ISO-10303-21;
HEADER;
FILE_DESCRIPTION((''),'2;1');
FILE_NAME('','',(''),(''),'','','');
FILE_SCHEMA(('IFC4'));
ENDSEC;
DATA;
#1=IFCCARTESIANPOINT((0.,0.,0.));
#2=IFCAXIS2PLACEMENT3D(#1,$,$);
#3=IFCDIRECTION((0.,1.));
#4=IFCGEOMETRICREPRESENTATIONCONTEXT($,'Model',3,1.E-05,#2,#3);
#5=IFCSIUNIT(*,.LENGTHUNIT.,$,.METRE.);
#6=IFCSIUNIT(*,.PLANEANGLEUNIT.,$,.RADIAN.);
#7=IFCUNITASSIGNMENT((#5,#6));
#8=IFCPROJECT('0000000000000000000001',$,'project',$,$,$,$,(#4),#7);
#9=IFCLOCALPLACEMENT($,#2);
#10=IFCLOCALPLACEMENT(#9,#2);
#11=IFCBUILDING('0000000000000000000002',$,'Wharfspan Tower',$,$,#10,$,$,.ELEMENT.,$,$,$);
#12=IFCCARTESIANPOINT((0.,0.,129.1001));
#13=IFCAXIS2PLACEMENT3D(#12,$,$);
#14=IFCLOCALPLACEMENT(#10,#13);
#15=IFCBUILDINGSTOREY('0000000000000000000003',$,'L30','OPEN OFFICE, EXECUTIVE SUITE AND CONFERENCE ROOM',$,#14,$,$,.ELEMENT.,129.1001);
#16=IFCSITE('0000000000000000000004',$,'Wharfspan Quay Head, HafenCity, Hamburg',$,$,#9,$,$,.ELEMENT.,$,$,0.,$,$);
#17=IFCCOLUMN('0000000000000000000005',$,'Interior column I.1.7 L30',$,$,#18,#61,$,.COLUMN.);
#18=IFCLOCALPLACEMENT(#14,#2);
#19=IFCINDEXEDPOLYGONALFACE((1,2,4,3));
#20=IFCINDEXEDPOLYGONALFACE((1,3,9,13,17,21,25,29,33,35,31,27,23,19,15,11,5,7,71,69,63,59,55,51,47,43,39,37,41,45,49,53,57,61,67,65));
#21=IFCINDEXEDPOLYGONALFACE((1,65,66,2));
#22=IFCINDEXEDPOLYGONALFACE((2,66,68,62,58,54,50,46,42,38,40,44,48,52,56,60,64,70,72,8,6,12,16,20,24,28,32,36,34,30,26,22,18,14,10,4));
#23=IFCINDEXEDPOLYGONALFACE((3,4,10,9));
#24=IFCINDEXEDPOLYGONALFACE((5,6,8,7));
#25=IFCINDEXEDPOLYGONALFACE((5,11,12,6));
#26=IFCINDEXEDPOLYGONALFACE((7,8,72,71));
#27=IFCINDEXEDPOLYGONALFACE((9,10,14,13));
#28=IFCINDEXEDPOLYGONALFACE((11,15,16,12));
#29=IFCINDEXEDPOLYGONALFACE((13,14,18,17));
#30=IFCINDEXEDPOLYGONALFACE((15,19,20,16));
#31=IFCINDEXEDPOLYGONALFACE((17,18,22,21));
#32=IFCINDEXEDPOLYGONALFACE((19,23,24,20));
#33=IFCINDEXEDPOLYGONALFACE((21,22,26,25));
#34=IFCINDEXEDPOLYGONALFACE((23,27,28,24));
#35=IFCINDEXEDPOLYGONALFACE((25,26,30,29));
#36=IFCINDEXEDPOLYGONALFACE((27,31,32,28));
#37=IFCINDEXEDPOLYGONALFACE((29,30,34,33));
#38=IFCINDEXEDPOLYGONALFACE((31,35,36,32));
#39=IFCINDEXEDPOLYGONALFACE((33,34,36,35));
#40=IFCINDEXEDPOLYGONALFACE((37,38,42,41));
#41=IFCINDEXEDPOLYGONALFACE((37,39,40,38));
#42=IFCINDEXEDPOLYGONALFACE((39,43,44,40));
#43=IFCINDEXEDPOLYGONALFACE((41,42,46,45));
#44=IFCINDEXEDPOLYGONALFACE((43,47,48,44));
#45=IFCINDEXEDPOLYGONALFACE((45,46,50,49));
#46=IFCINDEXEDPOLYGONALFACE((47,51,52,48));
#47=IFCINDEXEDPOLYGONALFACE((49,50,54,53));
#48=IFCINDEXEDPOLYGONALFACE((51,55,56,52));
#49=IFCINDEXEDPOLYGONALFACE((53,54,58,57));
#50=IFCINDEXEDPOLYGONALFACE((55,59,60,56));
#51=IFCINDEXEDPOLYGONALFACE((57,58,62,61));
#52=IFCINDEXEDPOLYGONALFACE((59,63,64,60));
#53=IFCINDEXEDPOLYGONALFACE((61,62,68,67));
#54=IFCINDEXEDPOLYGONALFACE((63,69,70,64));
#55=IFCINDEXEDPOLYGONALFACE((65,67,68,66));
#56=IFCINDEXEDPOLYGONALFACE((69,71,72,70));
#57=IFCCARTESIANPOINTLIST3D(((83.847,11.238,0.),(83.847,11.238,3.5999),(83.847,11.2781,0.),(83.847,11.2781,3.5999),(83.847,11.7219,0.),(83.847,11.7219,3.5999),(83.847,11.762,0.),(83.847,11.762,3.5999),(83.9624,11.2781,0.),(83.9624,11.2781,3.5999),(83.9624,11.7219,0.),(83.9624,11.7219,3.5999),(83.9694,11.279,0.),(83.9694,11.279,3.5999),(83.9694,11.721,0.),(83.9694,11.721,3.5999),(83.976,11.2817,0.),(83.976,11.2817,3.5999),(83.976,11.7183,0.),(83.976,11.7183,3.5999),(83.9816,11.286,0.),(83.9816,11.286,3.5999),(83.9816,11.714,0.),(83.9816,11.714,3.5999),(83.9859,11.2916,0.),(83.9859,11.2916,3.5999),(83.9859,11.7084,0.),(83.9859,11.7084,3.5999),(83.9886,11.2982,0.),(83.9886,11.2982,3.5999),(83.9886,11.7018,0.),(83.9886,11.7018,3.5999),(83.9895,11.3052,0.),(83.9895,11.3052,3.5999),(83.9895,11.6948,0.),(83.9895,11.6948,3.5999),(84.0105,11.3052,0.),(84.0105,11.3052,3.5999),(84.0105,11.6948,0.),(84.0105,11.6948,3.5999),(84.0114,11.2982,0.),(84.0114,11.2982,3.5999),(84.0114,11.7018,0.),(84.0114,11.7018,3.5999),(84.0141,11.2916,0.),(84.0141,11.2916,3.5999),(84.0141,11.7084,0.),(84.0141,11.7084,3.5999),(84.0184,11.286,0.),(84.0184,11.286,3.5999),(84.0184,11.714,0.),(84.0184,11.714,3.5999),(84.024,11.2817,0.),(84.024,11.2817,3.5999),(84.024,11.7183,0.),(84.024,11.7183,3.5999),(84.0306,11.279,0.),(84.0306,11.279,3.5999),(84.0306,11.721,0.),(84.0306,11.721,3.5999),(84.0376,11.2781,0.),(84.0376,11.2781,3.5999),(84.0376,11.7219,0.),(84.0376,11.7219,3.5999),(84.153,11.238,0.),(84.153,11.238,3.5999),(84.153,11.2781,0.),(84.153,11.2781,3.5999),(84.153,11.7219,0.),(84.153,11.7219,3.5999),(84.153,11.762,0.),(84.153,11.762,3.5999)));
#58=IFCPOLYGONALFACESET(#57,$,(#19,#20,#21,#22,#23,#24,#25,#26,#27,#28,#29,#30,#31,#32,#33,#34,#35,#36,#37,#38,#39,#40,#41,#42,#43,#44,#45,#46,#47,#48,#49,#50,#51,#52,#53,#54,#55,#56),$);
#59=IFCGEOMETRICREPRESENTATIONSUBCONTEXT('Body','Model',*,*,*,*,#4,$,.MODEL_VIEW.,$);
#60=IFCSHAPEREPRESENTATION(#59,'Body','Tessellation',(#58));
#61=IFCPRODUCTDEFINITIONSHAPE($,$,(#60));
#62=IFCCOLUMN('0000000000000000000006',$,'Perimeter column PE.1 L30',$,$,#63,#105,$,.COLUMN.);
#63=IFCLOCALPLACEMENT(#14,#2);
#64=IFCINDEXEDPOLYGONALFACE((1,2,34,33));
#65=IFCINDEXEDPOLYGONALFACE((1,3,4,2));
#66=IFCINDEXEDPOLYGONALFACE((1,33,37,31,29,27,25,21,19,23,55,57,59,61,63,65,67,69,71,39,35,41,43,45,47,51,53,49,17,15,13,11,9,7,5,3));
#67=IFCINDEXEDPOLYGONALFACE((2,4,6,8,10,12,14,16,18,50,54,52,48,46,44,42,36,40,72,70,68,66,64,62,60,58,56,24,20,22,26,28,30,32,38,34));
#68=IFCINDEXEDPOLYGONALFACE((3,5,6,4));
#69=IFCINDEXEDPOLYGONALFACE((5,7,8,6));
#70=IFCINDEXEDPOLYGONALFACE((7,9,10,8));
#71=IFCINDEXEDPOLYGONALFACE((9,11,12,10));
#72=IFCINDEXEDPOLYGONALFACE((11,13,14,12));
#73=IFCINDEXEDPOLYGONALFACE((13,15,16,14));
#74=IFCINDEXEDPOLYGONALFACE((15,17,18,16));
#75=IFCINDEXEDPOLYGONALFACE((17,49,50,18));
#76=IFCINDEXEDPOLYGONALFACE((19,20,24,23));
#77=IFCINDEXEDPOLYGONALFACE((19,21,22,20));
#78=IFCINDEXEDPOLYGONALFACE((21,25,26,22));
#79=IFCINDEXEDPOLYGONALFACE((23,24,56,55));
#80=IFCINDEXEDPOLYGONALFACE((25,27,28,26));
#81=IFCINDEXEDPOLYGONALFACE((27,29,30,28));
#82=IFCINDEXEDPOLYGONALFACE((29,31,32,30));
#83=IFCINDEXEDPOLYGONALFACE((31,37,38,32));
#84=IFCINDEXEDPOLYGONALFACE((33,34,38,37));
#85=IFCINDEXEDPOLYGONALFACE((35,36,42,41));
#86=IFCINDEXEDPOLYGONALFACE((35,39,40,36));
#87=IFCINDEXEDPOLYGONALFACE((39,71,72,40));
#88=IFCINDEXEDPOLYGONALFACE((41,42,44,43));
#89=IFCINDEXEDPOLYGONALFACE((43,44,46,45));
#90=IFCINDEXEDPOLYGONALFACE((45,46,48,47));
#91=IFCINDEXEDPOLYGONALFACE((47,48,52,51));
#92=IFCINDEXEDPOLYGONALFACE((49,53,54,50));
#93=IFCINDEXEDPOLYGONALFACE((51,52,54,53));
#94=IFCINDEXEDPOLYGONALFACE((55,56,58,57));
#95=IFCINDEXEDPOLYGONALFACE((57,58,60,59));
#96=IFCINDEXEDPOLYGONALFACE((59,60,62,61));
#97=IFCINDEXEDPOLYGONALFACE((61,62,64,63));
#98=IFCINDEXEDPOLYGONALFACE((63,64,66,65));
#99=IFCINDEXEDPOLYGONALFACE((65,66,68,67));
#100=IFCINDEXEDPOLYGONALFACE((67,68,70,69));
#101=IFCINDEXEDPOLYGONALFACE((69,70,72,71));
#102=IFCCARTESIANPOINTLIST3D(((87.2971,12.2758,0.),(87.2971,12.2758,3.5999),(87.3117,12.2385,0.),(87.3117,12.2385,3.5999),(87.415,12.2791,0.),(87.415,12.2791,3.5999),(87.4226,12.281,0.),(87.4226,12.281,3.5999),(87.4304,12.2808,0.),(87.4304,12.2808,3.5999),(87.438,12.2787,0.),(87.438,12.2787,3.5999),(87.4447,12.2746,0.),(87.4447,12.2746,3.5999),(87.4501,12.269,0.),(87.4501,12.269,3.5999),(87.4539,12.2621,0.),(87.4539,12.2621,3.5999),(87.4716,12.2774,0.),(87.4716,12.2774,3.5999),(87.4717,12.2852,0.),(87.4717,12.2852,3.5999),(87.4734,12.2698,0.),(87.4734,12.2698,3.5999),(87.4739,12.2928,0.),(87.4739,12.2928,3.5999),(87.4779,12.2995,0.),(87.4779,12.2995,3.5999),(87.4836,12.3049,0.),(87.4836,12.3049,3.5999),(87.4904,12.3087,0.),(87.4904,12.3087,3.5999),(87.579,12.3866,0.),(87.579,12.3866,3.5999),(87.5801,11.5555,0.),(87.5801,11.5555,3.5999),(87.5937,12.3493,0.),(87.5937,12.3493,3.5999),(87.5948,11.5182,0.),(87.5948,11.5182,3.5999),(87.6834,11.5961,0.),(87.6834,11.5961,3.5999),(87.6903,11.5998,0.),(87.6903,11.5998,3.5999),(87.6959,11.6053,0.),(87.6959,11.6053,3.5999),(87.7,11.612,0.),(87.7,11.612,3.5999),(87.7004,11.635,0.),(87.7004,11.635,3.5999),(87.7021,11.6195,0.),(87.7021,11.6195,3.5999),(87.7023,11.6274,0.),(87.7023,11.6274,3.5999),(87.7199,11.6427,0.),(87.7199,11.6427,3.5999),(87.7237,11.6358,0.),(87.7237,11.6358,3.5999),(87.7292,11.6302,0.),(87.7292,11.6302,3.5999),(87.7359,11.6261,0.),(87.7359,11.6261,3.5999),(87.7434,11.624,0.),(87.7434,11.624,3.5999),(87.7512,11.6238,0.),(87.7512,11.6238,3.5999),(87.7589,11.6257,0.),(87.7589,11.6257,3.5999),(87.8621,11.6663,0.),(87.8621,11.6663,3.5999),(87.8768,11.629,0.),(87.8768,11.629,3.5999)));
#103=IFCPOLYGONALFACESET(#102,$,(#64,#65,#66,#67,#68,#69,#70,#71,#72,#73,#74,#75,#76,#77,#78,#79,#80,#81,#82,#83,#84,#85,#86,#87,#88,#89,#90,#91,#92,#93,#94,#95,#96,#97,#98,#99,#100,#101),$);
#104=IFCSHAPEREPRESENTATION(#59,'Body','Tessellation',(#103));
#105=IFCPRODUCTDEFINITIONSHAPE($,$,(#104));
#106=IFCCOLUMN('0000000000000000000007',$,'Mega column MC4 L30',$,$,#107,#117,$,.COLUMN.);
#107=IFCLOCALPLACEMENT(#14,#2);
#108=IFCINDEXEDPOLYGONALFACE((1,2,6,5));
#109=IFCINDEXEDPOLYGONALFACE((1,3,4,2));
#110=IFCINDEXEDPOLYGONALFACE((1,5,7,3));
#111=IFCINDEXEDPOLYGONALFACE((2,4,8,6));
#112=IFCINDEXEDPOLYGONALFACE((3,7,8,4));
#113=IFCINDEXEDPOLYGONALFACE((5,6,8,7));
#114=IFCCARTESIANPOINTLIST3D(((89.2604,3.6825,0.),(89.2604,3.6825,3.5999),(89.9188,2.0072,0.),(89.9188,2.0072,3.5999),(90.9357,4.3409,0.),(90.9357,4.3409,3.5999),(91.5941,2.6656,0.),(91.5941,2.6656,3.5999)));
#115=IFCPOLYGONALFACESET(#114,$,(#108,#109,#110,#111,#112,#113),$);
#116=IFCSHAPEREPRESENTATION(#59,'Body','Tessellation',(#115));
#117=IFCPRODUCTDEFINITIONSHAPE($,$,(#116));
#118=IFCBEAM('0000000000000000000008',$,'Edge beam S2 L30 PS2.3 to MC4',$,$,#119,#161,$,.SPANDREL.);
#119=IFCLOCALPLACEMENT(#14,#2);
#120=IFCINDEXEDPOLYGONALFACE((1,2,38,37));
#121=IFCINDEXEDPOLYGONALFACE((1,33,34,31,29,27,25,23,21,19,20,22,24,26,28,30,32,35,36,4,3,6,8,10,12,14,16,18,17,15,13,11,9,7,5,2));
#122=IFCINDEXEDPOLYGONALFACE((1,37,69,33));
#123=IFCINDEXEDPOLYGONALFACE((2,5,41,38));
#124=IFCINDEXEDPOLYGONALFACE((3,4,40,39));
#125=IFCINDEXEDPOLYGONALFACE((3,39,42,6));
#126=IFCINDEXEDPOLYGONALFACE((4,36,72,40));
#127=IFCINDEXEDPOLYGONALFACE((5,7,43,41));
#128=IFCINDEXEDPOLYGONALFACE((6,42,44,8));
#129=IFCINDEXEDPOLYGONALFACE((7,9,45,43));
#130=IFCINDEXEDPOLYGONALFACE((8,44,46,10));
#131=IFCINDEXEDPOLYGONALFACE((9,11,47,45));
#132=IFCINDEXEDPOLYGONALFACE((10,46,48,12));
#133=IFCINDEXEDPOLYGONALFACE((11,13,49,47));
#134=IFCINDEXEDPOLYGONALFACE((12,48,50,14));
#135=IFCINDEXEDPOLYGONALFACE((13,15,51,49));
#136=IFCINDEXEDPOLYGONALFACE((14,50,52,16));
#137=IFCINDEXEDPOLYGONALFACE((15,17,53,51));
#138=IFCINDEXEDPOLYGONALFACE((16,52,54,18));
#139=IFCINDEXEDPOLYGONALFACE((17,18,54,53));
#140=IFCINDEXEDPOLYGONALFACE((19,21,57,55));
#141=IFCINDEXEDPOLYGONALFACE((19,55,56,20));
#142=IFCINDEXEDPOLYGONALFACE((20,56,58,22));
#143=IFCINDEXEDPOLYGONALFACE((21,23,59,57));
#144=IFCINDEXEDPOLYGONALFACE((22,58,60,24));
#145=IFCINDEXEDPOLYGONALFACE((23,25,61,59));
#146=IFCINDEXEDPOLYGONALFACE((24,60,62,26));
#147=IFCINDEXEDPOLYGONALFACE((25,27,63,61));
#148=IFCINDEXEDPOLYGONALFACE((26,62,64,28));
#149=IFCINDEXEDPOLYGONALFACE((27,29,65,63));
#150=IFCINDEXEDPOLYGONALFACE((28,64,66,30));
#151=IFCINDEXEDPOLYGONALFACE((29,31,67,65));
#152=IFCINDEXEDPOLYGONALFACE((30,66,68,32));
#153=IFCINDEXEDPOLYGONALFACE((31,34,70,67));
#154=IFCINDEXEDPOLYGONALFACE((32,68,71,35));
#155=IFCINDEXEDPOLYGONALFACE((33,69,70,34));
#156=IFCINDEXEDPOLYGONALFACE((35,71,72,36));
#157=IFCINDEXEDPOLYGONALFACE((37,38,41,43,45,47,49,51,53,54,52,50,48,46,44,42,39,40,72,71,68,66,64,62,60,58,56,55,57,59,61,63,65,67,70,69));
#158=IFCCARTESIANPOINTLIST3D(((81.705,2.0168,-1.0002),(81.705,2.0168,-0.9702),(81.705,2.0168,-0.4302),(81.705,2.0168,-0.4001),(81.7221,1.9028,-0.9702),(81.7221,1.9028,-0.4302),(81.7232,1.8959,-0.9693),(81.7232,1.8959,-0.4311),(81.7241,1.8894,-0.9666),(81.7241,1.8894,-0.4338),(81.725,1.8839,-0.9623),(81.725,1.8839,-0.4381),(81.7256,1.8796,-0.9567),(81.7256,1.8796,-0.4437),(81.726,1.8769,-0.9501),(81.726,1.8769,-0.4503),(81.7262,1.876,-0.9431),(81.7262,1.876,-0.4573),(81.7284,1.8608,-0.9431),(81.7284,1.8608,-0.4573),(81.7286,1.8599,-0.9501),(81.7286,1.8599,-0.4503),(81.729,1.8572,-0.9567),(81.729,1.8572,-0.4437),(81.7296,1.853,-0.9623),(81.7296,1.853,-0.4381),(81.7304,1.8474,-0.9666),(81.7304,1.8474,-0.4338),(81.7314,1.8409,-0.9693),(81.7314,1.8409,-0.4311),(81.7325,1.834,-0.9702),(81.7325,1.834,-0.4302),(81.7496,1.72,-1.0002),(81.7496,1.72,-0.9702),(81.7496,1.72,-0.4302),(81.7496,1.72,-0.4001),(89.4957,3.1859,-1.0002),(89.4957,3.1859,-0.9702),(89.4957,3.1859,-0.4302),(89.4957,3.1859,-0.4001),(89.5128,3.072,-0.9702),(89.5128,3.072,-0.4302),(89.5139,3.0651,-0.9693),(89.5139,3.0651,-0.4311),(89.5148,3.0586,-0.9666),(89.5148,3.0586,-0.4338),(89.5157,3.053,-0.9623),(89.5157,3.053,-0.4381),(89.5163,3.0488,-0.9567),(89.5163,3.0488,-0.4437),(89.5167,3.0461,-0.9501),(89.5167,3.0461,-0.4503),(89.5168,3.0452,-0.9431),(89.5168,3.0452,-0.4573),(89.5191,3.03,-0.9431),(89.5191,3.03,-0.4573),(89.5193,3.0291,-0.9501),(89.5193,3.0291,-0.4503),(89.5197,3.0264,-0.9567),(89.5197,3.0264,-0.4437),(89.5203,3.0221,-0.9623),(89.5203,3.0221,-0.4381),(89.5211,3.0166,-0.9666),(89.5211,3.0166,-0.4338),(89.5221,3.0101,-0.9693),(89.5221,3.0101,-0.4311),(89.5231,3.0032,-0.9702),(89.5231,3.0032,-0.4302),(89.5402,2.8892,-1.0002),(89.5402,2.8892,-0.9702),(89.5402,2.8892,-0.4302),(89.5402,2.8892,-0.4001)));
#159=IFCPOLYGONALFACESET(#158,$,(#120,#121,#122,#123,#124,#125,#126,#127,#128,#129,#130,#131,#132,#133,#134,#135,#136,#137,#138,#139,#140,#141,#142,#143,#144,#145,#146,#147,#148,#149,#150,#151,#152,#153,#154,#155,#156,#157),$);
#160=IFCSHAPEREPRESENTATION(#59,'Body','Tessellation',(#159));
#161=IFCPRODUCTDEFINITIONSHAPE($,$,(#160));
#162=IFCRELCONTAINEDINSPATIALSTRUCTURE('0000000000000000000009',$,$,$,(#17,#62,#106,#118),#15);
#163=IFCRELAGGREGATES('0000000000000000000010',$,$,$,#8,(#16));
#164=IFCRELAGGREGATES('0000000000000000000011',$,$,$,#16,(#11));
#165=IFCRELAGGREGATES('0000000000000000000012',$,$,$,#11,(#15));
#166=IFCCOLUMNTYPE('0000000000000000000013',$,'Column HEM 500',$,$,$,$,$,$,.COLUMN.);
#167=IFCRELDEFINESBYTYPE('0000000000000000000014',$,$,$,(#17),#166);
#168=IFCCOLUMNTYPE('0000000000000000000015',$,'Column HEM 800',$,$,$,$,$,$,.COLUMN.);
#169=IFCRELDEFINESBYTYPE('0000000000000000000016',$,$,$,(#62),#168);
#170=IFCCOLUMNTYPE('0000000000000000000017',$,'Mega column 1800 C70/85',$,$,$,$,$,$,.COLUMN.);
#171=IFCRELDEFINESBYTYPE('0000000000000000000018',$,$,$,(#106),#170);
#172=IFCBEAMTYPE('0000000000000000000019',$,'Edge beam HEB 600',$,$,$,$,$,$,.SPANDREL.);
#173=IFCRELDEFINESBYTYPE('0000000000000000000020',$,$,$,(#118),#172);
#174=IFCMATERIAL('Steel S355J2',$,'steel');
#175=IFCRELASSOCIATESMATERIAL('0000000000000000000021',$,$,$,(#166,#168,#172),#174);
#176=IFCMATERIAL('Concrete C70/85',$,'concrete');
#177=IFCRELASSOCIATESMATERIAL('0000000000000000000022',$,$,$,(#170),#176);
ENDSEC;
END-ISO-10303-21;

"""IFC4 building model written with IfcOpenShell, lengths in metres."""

from ifc_helpers import new_model, si_unit, direction, frame, origin, origin_2d, place, context, subcontext, project, spatial, rectangle, i_section, extrude, material, material_profile, profile_set, type_object, element, save


model = new_model("IFC4")

# Units and contexts
model_context = context("Model", 3, precision=1e-05, world=origin(), true_north=direction((0.0, 1.0)))
body_context = subcontext(model_context, "Body", "Model", "MODEL_VIEW")
ifc_project = project(units=[si_unit("LENGTHUNIT", "METRE"), si_unit("PLANEANGLEUNIT", "RADIAN")], contexts=[model_context])

# Site, building, storey
site_placement = place(None, origin())
site = spatial("IfcSite", under=ifc_project, at=site_placement, Name="Wharfspan Quay Head, HafenCity, Hamburg", CompositionType="ELEMENT", RefElevation=0.0)
building_placement = place(site_placement, origin())
building = spatial("IfcBuilding", under=site, at=building_placement, Name="Wharfspan Tower", CompositionType="ELEMENT")
storey_placement = place(building_placement, frame((0.0, 0.0, 129.1001)))
storey = spatial("IfcBuildingStorey", under=building, at=storey_placement, Name="L30", Description="OPEN OFFICE, EXECUTIVE SUITE AND CONFERENCE ROOM", CompositionType="ELEMENT", Elevation=129.1001)

# Columns
ifc_material_1 = material(Name="Steel S355J2", Category="steel")
ifc_material_profile_1 = material_profile(ifc_material_1, i_section(OverallWidth=0.3059, OverallDepth=0.5239, WebThickness=0.021, FlangeThickness=0.04, FilletRadius=0.0271, at=origin_2d()))
ifc_profile_set_1 = profile_set([ifc_material_profile_1], Name="Steel S355J2")
column_type_1 = type_object("IfcColumnType", Name="Column HEM 500", PredefinedType="COLUMN", material=ifc_profile_set_1)
column_1_placement = place(storey_placement, frame((84.0, 11.5, 0.0), z_axis=(0.0, 0.0, 1.0), x_axis=(1.0, 0.0, 0.0)))
element("IfcColumn", 1, at=column_1_placement, inside=storey, type_object=column_type_1, Name="Interior column I.1.7 L30", PredefinedType="COLUMN", context=body_context, shape_type="SweptSolid", body=[
    extrude(i_section(OverallWidth=0.3059, OverallDepth=0.5239, WebThickness=0.021, FlangeThickness=0.04, FilletRadius=0.0271, at=origin_2d()), origin(), (0.0, 0.0, 1.0), 3.5999),
])
ifc_material_profile_2 = material_profile(ifc_material_1, i_section(OverallWidth=0.303, OverallDepth=0.814, WebThickness=0.021, FlangeThickness=0.04, FilletRadius=0.03, at=origin_2d()))
ifc_profile_set_2 = profile_set([ifc_material_profile_2], Name="Steel S355J2")
column_type_2 = type_object("IfcColumnType", Name="Column HEM 800", PredefinedType="COLUMN", material=ifc_profile_set_2)
column_2_placement = place(storey_placement, frame((87.5869, 11.9524, 0.0), z_axis=(0.0, 0.0, 1.0), x_axis=(0.930702, 0.365778, 0.0)))
element("IfcColumn", 2, at=column_2_placement, inside=storey, type_object=column_type_2, Name="Perimeter column PE.1 L30", PredefinedType="COLUMN", context=body_context, shape_type="SweptSolid", body=[
    extrude(i_section(OverallWidth=0.303, OverallDepth=0.814, WebThickness=0.021, FlangeThickness=0.04, FilletRadius=0.03, at=origin_2d()), origin(), (0.0, 0.0, 1.0), 3.5999),
])
ifc_material_2 = material(Name="Concrete C70/85", Category="concrete")
ifc_material_profile_3 = material_profile(ifc_material_2, rectangle(XDim=1.8, YDim=1.8, at=origin_2d()))
ifc_profile_set_3 = profile_set([ifc_material_profile_3], Name="Concrete C70/85")
column_type_3 = type_object("IfcColumnType", Name="Mega column 1800 C70/85", PredefinedType="COLUMN", material=ifc_profile_set_3)
column_3_placement = place(storey_placement, frame((90.4272, 3.1741, 0.0), z_axis=(0.0, 0.0, 1.0), x_axis=(-0.365778, 0.930702, 0.0)))
element("IfcColumn", 3, at=column_3_placement, inside=storey, type_object=column_type_3, Name="Mega column MC4 L30", PredefinedType="COLUMN", context=body_context, shape_type="SweptSolid", body=[
    extrude(rectangle(XDim=1.8, YDim=1.8, at=origin_2d()), origin(), (0.0, 0.0, 1.0), 3.5999),
])

# Beam
ifc_material_profile_4 = material_profile(ifc_material_1, i_section(OverallWidth=0.3, OverallDepth=0.6001, WebThickness=0.0154, FlangeThickness=0.03, FilletRadius=0.0271, at=origin_2d()))
ifc_profile_set_4 = profile_set([ifc_material_profile_4], Name="Steel S355J2")
beam_type = type_object("IfcBeamType", Name="Edge beam HEB 600", PredefinedType="SPANDREL", material=ifc_profile_set_4)
beam_1_placement = place(storey_placement, frame((81.7273, 1.8684, -0.7002), z_axis=(0.988926, 0.148412, 0.0), x_axis=(-0.148412, 0.988926, 0.0)))
element("IfcBeam", 4, at=beam_1_placement, inside=storey, type_object=beam_type, Name="Edge beam S2 L30 PS2.3 to MC4", PredefinedType="SPANDREL", context=body_context, shape_type="SweptSolid", body=[
    extrude(i_section(OverallWidth=0.3, OverallDepth=0.6001, WebThickness=0.0154, FlangeThickness=0.03, FilletRadius=0.0271, at=origin_2d()), origin(), (0.0, 0.0, 1.0), 7.8779),
])

save(model, "model.ifc")
